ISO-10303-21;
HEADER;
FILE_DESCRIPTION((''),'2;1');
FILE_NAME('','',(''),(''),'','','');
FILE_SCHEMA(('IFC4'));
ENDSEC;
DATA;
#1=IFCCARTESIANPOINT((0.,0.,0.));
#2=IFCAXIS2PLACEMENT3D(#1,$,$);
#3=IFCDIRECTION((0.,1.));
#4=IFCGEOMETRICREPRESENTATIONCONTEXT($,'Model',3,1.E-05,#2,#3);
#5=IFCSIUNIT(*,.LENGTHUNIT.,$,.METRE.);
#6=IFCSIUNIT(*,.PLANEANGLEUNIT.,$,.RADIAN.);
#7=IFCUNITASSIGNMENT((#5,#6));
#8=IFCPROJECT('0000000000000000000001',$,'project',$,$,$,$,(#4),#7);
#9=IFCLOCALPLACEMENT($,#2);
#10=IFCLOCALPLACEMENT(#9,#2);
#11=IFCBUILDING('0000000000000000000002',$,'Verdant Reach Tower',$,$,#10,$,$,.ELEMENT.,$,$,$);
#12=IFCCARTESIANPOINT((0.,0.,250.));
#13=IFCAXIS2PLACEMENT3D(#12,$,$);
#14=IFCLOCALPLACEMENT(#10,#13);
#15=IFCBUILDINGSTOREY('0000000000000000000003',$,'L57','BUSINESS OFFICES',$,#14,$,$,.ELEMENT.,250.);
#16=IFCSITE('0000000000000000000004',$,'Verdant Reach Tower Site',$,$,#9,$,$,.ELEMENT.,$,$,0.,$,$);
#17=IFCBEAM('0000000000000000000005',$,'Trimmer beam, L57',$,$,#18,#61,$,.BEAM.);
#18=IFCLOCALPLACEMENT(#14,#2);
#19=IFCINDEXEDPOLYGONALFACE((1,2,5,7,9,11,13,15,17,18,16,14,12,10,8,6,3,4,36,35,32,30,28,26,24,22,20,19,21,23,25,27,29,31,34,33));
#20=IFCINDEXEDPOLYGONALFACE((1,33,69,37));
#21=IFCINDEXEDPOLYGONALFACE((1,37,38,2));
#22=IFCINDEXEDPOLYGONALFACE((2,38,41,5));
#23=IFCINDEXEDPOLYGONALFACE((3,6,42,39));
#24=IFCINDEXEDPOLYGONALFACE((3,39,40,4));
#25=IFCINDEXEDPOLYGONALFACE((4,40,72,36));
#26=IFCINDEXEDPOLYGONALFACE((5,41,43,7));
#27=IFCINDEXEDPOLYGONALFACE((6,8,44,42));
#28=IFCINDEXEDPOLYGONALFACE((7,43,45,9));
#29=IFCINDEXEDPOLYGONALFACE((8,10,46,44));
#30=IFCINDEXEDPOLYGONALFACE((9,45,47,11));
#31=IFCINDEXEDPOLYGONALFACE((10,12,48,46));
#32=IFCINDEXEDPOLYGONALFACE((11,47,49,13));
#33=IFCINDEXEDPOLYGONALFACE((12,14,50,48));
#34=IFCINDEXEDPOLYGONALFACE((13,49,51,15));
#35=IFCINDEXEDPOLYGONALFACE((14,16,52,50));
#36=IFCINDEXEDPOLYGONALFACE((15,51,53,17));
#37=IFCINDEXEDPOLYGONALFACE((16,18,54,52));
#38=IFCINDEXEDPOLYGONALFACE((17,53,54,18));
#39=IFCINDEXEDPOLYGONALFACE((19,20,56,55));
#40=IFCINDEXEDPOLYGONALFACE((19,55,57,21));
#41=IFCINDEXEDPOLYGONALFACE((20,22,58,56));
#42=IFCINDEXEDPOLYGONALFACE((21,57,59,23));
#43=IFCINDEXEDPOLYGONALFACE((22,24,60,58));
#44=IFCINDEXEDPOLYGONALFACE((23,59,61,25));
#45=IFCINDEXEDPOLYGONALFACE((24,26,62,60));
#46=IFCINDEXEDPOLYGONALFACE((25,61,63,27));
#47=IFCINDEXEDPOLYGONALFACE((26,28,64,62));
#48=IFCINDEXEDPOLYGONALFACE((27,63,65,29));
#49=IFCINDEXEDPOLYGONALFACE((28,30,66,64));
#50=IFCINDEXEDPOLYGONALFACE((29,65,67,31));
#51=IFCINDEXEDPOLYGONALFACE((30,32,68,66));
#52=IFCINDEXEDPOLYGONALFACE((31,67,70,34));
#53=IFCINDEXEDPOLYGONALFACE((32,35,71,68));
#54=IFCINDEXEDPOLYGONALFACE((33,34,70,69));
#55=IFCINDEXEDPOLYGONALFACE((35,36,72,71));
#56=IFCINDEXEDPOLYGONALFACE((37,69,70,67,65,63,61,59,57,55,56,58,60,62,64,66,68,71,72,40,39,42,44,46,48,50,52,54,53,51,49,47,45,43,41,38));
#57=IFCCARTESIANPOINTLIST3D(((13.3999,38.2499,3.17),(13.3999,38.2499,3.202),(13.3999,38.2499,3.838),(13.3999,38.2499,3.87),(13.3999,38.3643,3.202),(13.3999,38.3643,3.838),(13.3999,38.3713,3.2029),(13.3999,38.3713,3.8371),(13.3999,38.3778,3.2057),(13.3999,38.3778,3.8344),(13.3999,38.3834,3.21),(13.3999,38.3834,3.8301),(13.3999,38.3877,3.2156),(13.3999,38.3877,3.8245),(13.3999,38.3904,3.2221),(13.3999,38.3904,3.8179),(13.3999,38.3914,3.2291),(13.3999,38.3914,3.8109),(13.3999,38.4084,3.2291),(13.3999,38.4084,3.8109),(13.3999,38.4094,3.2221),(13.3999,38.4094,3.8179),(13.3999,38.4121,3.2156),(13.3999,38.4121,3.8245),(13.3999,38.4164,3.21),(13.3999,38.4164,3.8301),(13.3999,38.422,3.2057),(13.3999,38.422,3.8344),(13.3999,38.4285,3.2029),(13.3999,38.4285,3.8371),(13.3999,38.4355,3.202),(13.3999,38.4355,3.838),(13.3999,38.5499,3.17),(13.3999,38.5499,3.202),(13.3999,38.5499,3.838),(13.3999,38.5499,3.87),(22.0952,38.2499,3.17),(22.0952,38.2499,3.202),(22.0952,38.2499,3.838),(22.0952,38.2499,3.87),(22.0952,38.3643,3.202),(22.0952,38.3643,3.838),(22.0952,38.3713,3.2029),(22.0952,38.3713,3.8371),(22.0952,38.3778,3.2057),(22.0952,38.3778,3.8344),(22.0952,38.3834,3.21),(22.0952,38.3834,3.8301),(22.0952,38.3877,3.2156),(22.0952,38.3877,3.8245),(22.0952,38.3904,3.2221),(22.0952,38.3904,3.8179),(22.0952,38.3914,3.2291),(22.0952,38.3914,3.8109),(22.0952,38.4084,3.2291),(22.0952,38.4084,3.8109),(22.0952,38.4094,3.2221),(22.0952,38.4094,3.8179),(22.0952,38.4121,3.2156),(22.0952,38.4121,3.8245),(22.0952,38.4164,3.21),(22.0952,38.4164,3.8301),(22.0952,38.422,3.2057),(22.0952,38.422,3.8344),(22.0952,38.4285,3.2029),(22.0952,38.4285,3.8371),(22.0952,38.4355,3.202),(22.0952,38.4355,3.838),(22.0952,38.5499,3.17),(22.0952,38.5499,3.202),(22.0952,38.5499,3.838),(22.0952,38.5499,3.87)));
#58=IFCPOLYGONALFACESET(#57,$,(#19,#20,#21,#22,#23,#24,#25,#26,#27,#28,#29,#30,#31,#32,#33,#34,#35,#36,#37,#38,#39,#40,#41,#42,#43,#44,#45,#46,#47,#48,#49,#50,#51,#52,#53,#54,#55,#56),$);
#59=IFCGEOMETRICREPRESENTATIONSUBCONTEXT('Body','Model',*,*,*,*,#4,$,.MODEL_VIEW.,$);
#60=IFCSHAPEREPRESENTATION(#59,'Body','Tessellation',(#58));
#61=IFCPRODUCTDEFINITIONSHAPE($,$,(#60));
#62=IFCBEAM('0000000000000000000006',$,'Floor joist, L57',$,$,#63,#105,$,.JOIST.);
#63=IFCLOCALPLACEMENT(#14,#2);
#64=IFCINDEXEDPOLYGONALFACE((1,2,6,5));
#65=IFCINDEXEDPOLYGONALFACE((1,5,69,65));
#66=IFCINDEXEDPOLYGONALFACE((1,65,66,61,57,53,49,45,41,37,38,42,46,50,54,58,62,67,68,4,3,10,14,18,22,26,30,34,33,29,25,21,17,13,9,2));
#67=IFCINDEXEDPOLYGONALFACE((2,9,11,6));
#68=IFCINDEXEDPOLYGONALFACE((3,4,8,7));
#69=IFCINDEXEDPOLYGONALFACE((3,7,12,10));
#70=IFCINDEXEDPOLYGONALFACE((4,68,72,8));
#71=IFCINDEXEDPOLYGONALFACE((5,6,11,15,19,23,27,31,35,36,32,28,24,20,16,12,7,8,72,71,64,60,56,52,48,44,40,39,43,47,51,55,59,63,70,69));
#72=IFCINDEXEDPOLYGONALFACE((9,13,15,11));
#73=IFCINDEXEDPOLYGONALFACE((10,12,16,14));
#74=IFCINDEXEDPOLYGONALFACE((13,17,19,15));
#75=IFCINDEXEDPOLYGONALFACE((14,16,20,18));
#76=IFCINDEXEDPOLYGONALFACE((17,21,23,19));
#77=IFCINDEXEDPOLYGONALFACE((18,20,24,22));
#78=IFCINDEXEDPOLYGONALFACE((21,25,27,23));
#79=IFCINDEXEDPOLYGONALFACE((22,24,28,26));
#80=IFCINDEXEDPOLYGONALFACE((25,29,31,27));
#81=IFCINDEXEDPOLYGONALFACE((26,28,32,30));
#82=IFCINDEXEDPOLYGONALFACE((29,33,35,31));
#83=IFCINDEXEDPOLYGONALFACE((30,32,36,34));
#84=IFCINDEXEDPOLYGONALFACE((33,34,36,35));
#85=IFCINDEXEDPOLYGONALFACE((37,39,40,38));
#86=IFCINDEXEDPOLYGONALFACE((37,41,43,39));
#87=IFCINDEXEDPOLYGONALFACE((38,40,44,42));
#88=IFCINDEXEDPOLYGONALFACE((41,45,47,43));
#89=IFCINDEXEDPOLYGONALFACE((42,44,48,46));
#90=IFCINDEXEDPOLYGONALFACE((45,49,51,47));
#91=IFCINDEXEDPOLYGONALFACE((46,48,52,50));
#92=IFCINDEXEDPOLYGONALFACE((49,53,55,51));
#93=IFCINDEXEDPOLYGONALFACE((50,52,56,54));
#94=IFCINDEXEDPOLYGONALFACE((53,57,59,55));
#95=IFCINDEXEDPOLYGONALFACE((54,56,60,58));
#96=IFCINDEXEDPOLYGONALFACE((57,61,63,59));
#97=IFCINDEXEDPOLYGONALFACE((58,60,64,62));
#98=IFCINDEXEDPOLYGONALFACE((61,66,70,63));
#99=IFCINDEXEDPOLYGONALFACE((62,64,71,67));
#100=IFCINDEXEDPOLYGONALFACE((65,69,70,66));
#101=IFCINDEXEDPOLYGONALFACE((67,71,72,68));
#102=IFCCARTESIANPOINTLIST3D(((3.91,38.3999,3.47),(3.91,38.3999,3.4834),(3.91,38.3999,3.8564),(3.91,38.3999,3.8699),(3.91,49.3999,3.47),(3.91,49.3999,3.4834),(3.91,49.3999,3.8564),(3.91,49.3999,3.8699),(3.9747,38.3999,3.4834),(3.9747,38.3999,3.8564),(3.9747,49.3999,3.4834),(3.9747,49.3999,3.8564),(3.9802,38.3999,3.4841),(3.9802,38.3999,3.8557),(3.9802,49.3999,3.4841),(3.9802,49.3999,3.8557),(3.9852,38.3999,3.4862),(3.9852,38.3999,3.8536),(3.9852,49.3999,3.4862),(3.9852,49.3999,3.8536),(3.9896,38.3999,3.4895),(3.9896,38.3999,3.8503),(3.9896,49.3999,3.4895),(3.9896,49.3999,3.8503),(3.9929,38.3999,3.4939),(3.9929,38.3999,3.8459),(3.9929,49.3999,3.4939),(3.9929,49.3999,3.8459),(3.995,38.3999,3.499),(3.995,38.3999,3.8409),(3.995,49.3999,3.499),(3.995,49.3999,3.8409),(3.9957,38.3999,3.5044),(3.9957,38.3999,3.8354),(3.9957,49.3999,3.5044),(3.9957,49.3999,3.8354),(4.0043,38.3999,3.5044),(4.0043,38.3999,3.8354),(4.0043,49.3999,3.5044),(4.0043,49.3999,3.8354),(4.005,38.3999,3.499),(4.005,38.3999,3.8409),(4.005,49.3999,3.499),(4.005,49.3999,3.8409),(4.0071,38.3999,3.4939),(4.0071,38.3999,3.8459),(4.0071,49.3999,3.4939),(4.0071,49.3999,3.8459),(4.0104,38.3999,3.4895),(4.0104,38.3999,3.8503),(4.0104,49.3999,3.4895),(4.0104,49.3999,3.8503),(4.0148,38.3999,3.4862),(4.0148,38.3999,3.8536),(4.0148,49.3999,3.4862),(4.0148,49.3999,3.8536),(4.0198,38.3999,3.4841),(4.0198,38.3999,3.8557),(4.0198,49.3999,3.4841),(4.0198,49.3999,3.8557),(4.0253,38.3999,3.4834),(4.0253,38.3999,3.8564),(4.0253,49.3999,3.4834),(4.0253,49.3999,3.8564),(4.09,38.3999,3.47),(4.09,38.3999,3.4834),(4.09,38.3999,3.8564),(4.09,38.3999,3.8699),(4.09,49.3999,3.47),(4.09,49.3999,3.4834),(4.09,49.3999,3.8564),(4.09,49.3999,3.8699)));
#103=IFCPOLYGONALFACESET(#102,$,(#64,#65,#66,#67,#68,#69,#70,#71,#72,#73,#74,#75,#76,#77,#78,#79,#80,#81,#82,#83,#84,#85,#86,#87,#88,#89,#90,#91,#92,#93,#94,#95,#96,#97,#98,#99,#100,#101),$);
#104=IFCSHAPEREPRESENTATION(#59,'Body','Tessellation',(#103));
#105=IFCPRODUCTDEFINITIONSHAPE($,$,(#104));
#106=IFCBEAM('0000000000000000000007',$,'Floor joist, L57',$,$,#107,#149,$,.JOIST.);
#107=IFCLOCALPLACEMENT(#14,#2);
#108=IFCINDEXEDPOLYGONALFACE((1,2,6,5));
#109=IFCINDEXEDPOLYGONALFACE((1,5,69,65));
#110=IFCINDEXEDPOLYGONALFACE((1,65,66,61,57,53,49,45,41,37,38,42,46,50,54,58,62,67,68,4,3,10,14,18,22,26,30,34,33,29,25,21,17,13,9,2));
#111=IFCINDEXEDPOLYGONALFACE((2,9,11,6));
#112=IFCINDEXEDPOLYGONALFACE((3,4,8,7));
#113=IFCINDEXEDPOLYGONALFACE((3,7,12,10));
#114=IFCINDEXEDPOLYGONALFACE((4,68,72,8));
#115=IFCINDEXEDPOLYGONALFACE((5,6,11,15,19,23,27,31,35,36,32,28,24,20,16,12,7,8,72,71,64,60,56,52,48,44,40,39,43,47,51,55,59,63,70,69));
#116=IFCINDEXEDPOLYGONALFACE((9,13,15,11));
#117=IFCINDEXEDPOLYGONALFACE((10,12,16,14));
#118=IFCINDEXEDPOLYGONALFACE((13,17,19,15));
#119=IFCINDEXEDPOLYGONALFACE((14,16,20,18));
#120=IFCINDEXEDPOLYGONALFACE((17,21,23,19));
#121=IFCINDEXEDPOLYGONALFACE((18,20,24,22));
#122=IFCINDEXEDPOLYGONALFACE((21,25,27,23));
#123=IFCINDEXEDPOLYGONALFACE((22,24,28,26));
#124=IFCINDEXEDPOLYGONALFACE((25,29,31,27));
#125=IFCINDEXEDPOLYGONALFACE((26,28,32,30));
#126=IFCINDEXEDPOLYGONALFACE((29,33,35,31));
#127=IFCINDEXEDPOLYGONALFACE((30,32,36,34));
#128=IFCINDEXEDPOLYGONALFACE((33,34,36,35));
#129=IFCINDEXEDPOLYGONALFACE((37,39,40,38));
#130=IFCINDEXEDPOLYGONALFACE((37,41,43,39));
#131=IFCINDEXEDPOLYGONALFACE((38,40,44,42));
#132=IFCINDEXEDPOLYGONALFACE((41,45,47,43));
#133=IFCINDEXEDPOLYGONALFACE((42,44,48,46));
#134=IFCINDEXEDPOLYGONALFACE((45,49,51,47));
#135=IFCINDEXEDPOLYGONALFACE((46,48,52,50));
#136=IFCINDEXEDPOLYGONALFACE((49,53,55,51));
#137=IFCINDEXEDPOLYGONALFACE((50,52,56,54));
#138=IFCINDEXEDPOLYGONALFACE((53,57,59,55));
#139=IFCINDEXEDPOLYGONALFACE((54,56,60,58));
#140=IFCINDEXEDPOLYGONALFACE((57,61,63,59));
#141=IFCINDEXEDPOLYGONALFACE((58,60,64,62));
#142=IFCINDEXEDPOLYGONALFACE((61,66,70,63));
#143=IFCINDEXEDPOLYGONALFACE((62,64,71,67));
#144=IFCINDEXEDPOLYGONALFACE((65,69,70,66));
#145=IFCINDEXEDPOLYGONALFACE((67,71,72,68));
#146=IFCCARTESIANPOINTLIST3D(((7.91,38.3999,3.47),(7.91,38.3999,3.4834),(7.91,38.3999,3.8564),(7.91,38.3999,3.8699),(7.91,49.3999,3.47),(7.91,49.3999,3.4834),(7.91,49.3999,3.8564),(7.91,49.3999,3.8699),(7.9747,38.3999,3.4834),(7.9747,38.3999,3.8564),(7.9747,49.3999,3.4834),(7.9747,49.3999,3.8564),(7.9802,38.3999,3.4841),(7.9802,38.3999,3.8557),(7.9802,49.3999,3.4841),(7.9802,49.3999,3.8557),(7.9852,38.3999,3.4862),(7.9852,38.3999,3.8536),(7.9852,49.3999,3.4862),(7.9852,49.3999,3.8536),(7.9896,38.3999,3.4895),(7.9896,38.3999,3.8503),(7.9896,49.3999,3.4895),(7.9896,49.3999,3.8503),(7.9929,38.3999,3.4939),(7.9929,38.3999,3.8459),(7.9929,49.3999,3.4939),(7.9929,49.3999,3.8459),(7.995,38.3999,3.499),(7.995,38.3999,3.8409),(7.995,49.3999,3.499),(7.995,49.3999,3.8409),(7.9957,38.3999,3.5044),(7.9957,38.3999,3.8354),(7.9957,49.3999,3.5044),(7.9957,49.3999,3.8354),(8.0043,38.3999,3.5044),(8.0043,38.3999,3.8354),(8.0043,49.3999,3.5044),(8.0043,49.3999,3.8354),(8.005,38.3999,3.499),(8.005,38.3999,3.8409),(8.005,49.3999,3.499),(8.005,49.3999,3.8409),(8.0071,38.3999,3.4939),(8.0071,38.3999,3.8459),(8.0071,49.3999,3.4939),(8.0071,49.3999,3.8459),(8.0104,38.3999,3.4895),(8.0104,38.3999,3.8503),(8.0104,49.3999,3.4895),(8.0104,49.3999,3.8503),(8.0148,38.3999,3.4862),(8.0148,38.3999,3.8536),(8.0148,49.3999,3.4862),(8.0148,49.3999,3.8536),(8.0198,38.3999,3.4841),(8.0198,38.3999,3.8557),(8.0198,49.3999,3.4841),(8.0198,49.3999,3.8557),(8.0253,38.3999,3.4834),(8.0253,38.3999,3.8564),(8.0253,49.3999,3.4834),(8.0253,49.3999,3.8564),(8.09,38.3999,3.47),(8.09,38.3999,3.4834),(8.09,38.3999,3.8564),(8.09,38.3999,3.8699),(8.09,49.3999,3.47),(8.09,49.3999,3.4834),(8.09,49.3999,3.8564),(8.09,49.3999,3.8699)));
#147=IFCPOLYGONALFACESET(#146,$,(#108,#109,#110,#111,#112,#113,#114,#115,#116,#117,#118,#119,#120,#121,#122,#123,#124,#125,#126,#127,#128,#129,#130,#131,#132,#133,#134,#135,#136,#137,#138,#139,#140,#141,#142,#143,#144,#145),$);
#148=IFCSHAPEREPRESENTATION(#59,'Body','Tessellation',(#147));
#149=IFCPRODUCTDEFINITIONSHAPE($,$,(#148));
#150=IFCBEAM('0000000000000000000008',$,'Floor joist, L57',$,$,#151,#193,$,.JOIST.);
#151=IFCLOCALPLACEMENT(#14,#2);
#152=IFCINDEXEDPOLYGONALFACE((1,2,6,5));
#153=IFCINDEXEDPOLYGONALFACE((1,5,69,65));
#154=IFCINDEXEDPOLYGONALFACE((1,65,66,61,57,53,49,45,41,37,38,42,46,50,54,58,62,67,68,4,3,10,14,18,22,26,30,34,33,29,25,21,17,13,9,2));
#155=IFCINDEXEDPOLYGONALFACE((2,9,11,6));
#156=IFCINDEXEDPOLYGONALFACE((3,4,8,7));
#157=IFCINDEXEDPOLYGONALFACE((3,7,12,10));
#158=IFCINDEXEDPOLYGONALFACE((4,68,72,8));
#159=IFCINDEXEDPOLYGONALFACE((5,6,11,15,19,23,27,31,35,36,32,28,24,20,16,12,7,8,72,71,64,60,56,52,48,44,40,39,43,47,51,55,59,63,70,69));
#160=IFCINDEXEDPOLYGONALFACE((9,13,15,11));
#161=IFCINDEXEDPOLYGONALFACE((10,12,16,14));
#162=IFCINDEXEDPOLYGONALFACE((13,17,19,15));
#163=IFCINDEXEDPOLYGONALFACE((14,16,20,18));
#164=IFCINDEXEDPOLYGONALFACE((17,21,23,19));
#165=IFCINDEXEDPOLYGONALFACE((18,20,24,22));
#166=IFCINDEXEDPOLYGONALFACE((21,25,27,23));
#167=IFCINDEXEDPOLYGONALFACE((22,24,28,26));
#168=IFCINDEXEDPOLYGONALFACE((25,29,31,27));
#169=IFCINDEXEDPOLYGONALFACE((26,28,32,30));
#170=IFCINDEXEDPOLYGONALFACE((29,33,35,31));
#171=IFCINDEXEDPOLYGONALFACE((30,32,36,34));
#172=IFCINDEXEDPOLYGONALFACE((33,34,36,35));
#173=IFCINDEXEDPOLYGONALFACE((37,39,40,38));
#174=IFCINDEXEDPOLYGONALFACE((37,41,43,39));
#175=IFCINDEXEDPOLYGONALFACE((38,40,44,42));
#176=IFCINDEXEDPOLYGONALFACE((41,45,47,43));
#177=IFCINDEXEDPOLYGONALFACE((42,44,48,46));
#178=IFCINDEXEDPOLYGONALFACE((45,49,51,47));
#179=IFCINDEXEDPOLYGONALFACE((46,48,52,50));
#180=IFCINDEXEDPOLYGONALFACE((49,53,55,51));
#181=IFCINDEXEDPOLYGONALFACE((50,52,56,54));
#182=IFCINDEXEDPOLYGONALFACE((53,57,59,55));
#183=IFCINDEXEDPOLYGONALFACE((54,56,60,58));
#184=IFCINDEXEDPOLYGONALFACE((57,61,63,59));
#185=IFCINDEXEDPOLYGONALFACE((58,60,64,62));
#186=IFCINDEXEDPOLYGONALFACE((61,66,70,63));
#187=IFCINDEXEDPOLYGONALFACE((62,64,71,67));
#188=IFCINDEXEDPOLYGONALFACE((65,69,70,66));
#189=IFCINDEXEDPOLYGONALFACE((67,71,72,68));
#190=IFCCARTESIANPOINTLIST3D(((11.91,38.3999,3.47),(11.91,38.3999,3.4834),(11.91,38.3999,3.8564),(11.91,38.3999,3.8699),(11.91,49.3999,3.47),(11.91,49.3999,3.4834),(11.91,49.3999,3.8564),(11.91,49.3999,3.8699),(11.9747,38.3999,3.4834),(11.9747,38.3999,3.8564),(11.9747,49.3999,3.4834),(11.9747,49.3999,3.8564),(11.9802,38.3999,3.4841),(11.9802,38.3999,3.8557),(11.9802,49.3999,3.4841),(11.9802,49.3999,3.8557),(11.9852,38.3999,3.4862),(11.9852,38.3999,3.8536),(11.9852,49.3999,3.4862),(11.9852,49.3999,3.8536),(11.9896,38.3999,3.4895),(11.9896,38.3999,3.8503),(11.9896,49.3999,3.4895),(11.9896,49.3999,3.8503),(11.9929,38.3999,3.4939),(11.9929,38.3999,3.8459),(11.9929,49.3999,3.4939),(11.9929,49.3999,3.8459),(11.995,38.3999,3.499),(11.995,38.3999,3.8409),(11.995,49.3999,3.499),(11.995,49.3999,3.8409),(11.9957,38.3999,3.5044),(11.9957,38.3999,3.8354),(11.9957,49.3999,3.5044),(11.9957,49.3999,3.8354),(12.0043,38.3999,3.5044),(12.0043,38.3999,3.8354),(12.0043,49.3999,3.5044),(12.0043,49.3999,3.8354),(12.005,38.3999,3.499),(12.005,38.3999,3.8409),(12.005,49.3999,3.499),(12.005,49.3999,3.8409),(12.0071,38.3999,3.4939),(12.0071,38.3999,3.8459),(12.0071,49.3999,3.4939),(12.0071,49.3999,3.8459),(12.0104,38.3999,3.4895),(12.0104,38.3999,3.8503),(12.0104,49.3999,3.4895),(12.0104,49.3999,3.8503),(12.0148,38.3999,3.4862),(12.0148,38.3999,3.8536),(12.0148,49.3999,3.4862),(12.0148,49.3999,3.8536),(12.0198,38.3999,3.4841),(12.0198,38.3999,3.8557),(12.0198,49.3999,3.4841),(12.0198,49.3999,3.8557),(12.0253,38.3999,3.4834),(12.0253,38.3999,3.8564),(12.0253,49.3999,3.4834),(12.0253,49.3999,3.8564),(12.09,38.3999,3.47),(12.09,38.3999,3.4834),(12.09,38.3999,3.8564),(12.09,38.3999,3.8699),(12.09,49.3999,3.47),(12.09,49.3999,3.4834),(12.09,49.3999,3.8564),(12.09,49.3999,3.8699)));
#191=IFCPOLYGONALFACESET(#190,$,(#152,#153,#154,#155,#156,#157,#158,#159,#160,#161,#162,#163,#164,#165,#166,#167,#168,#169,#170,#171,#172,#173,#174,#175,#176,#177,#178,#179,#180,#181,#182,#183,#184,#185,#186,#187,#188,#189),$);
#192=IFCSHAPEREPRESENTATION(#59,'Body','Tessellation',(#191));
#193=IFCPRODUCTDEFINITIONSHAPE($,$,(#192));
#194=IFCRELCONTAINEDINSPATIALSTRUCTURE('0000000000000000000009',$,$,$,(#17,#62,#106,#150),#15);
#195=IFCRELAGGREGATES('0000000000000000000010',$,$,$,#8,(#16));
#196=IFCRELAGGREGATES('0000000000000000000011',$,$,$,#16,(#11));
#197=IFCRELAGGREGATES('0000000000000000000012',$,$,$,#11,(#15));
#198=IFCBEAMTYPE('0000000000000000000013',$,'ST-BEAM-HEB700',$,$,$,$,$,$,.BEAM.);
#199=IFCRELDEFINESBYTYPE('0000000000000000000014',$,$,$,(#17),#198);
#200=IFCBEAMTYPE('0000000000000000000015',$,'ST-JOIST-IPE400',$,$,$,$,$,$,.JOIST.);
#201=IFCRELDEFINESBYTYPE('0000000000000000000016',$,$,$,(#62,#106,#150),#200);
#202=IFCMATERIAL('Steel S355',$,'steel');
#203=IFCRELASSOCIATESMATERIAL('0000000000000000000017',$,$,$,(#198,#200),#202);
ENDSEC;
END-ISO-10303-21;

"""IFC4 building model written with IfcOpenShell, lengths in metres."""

from ifc_helpers import new_model, si_unit, direction, frame, origin, origin_2d, place, context, subcontext, project, spatial, i_section, extrude, material, material_profile, profile_set, type_object, element, save


model = new_model("IFC4")

# Units and contexts
model_context = context("Model", 3, precision=1e-05, world=origin(), true_north=direction((0.0, 1.0)))
body_context = subcontext(model_context, "Body", "Model", "MODEL_VIEW")
ifc_project = project(units=[si_unit("LENGTHUNIT", "METRE"), si_unit("PLANEANGLEUNIT", "RADIAN")], contexts=[model_context])

# Site, building, storey
site_placement = place(None, origin())
site = spatial("IfcSite", under=ifc_project, at=site_placement, Name="Verdant Reach Tower Site", CompositionType="ELEMENT", RefElevation=0.0)
building_placement = place(site_placement, origin())
building = spatial("IfcBuilding", under=site, at=building_placement, Name="Verdant Reach Tower", CompositionType="ELEMENT")
storey_placement = place(building_placement, frame((0.0, 0.0, 250.0)))
storey = spatial("IfcBuildingStorey", under=building, at=storey_placement, Name="L57", Description="BUSINESS OFFICES", CompositionType="ELEMENT", Elevation=250.0)

# Beams
ifc_material_1 = material(Name="Steel S355", Category="steel")
ifc_material_profile_1 = material_profile(ifc_material_1, i_section(OverallWidth=0.3, OverallDepth=0.7, WebThickness=0.0171, FlangeThickness=0.032, FilletRadius=0.0271, at=origin_2d()), Name="HEB 700")
ifc_profile_set_1 = profile_set([ifc_material_profile_1], Name="Steel S355")
beam_type_1 = type_object("IfcBeamType", Name="ST-BEAM-HEB700", PredefinedType="BEAM", material=ifc_profile_set_1)
beam_1_placement = place(storey_placement, frame((13.3999, 38.3999, 3.52), z_axis=(1.0, 0.0, 0.0), x_axis=(0.0, 1.0, 0.0)))
element("IfcBeam", 1, at=beam_1_placement, inside=storey, type_object=beam_type_1, Name="Trimmer beam, L57", PredefinedType="BEAM", context=body_context, shape_type="SweptSolid", body=[
    extrude(i_section(OverallWidth=0.3, OverallDepth=0.7, WebThickness=0.0171, FlangeThickness=0.032, FilletRadius=0.0271, at=origin_2d()), origin(), (0.0, 0.0, 1.0), 8.6953),
])
ifc_material_profile_2 = material_profile(ifc_material_1, i_section(OverallWidth=0.1799, OverallDepth=0.3999, WebThickness=0.0085, FlangeThickness=0.0134, FilletRadius=0.021, at=origin_2d()), Name="IPE 400")
ifc_profile_set_2 = profile_set([ifc_material_profile_2], Name="Steel S355")
beam_type_2 = type_object("IfcBeamType", Name="ST-JOIST-IPE400", PredefinedType="JOIST", material=ifc_profile_set_2)
for number, where, z_axis, x_axis, name in (
    (2, (4.0, 38.3999, 3.6699), (0.0, 1.0, 0.0), (-1.0, 0.0, 0.0), "Floor joist, L57"),
    (3, (8.0, 38.3999, 3.6699), (0.0, 1.0, 0.0), (-1.0, 0.0, 0.0), "Floor joist, L57"),
    (4, (12.0, 38.3999, 3.6699), (0.0, 1.0, 0.0), (-1.0, 0.0, 0.0), "Floor joist, L57"),
):
    element("IfcBeam", number, at=place(storey_placement, frame(where, z_axis=z_axis, x_axis=x_axis)), inside=storey, type_object=beam_type_2, Name=name, PredefinedType="JOIST", context=body_context, shape_type="SweptSolid", body=[
        extrude(i_section(OverallWidth=0.1799, OverallDepth=0.3999, WebThickness=0.0085, FlangeThickness=0.0134, FilletRadius=0.021, at=origin_2d()), origin(), (0.0, 0.0, 1.0), 11.0),
    ])

save(model, "model.ifc")
